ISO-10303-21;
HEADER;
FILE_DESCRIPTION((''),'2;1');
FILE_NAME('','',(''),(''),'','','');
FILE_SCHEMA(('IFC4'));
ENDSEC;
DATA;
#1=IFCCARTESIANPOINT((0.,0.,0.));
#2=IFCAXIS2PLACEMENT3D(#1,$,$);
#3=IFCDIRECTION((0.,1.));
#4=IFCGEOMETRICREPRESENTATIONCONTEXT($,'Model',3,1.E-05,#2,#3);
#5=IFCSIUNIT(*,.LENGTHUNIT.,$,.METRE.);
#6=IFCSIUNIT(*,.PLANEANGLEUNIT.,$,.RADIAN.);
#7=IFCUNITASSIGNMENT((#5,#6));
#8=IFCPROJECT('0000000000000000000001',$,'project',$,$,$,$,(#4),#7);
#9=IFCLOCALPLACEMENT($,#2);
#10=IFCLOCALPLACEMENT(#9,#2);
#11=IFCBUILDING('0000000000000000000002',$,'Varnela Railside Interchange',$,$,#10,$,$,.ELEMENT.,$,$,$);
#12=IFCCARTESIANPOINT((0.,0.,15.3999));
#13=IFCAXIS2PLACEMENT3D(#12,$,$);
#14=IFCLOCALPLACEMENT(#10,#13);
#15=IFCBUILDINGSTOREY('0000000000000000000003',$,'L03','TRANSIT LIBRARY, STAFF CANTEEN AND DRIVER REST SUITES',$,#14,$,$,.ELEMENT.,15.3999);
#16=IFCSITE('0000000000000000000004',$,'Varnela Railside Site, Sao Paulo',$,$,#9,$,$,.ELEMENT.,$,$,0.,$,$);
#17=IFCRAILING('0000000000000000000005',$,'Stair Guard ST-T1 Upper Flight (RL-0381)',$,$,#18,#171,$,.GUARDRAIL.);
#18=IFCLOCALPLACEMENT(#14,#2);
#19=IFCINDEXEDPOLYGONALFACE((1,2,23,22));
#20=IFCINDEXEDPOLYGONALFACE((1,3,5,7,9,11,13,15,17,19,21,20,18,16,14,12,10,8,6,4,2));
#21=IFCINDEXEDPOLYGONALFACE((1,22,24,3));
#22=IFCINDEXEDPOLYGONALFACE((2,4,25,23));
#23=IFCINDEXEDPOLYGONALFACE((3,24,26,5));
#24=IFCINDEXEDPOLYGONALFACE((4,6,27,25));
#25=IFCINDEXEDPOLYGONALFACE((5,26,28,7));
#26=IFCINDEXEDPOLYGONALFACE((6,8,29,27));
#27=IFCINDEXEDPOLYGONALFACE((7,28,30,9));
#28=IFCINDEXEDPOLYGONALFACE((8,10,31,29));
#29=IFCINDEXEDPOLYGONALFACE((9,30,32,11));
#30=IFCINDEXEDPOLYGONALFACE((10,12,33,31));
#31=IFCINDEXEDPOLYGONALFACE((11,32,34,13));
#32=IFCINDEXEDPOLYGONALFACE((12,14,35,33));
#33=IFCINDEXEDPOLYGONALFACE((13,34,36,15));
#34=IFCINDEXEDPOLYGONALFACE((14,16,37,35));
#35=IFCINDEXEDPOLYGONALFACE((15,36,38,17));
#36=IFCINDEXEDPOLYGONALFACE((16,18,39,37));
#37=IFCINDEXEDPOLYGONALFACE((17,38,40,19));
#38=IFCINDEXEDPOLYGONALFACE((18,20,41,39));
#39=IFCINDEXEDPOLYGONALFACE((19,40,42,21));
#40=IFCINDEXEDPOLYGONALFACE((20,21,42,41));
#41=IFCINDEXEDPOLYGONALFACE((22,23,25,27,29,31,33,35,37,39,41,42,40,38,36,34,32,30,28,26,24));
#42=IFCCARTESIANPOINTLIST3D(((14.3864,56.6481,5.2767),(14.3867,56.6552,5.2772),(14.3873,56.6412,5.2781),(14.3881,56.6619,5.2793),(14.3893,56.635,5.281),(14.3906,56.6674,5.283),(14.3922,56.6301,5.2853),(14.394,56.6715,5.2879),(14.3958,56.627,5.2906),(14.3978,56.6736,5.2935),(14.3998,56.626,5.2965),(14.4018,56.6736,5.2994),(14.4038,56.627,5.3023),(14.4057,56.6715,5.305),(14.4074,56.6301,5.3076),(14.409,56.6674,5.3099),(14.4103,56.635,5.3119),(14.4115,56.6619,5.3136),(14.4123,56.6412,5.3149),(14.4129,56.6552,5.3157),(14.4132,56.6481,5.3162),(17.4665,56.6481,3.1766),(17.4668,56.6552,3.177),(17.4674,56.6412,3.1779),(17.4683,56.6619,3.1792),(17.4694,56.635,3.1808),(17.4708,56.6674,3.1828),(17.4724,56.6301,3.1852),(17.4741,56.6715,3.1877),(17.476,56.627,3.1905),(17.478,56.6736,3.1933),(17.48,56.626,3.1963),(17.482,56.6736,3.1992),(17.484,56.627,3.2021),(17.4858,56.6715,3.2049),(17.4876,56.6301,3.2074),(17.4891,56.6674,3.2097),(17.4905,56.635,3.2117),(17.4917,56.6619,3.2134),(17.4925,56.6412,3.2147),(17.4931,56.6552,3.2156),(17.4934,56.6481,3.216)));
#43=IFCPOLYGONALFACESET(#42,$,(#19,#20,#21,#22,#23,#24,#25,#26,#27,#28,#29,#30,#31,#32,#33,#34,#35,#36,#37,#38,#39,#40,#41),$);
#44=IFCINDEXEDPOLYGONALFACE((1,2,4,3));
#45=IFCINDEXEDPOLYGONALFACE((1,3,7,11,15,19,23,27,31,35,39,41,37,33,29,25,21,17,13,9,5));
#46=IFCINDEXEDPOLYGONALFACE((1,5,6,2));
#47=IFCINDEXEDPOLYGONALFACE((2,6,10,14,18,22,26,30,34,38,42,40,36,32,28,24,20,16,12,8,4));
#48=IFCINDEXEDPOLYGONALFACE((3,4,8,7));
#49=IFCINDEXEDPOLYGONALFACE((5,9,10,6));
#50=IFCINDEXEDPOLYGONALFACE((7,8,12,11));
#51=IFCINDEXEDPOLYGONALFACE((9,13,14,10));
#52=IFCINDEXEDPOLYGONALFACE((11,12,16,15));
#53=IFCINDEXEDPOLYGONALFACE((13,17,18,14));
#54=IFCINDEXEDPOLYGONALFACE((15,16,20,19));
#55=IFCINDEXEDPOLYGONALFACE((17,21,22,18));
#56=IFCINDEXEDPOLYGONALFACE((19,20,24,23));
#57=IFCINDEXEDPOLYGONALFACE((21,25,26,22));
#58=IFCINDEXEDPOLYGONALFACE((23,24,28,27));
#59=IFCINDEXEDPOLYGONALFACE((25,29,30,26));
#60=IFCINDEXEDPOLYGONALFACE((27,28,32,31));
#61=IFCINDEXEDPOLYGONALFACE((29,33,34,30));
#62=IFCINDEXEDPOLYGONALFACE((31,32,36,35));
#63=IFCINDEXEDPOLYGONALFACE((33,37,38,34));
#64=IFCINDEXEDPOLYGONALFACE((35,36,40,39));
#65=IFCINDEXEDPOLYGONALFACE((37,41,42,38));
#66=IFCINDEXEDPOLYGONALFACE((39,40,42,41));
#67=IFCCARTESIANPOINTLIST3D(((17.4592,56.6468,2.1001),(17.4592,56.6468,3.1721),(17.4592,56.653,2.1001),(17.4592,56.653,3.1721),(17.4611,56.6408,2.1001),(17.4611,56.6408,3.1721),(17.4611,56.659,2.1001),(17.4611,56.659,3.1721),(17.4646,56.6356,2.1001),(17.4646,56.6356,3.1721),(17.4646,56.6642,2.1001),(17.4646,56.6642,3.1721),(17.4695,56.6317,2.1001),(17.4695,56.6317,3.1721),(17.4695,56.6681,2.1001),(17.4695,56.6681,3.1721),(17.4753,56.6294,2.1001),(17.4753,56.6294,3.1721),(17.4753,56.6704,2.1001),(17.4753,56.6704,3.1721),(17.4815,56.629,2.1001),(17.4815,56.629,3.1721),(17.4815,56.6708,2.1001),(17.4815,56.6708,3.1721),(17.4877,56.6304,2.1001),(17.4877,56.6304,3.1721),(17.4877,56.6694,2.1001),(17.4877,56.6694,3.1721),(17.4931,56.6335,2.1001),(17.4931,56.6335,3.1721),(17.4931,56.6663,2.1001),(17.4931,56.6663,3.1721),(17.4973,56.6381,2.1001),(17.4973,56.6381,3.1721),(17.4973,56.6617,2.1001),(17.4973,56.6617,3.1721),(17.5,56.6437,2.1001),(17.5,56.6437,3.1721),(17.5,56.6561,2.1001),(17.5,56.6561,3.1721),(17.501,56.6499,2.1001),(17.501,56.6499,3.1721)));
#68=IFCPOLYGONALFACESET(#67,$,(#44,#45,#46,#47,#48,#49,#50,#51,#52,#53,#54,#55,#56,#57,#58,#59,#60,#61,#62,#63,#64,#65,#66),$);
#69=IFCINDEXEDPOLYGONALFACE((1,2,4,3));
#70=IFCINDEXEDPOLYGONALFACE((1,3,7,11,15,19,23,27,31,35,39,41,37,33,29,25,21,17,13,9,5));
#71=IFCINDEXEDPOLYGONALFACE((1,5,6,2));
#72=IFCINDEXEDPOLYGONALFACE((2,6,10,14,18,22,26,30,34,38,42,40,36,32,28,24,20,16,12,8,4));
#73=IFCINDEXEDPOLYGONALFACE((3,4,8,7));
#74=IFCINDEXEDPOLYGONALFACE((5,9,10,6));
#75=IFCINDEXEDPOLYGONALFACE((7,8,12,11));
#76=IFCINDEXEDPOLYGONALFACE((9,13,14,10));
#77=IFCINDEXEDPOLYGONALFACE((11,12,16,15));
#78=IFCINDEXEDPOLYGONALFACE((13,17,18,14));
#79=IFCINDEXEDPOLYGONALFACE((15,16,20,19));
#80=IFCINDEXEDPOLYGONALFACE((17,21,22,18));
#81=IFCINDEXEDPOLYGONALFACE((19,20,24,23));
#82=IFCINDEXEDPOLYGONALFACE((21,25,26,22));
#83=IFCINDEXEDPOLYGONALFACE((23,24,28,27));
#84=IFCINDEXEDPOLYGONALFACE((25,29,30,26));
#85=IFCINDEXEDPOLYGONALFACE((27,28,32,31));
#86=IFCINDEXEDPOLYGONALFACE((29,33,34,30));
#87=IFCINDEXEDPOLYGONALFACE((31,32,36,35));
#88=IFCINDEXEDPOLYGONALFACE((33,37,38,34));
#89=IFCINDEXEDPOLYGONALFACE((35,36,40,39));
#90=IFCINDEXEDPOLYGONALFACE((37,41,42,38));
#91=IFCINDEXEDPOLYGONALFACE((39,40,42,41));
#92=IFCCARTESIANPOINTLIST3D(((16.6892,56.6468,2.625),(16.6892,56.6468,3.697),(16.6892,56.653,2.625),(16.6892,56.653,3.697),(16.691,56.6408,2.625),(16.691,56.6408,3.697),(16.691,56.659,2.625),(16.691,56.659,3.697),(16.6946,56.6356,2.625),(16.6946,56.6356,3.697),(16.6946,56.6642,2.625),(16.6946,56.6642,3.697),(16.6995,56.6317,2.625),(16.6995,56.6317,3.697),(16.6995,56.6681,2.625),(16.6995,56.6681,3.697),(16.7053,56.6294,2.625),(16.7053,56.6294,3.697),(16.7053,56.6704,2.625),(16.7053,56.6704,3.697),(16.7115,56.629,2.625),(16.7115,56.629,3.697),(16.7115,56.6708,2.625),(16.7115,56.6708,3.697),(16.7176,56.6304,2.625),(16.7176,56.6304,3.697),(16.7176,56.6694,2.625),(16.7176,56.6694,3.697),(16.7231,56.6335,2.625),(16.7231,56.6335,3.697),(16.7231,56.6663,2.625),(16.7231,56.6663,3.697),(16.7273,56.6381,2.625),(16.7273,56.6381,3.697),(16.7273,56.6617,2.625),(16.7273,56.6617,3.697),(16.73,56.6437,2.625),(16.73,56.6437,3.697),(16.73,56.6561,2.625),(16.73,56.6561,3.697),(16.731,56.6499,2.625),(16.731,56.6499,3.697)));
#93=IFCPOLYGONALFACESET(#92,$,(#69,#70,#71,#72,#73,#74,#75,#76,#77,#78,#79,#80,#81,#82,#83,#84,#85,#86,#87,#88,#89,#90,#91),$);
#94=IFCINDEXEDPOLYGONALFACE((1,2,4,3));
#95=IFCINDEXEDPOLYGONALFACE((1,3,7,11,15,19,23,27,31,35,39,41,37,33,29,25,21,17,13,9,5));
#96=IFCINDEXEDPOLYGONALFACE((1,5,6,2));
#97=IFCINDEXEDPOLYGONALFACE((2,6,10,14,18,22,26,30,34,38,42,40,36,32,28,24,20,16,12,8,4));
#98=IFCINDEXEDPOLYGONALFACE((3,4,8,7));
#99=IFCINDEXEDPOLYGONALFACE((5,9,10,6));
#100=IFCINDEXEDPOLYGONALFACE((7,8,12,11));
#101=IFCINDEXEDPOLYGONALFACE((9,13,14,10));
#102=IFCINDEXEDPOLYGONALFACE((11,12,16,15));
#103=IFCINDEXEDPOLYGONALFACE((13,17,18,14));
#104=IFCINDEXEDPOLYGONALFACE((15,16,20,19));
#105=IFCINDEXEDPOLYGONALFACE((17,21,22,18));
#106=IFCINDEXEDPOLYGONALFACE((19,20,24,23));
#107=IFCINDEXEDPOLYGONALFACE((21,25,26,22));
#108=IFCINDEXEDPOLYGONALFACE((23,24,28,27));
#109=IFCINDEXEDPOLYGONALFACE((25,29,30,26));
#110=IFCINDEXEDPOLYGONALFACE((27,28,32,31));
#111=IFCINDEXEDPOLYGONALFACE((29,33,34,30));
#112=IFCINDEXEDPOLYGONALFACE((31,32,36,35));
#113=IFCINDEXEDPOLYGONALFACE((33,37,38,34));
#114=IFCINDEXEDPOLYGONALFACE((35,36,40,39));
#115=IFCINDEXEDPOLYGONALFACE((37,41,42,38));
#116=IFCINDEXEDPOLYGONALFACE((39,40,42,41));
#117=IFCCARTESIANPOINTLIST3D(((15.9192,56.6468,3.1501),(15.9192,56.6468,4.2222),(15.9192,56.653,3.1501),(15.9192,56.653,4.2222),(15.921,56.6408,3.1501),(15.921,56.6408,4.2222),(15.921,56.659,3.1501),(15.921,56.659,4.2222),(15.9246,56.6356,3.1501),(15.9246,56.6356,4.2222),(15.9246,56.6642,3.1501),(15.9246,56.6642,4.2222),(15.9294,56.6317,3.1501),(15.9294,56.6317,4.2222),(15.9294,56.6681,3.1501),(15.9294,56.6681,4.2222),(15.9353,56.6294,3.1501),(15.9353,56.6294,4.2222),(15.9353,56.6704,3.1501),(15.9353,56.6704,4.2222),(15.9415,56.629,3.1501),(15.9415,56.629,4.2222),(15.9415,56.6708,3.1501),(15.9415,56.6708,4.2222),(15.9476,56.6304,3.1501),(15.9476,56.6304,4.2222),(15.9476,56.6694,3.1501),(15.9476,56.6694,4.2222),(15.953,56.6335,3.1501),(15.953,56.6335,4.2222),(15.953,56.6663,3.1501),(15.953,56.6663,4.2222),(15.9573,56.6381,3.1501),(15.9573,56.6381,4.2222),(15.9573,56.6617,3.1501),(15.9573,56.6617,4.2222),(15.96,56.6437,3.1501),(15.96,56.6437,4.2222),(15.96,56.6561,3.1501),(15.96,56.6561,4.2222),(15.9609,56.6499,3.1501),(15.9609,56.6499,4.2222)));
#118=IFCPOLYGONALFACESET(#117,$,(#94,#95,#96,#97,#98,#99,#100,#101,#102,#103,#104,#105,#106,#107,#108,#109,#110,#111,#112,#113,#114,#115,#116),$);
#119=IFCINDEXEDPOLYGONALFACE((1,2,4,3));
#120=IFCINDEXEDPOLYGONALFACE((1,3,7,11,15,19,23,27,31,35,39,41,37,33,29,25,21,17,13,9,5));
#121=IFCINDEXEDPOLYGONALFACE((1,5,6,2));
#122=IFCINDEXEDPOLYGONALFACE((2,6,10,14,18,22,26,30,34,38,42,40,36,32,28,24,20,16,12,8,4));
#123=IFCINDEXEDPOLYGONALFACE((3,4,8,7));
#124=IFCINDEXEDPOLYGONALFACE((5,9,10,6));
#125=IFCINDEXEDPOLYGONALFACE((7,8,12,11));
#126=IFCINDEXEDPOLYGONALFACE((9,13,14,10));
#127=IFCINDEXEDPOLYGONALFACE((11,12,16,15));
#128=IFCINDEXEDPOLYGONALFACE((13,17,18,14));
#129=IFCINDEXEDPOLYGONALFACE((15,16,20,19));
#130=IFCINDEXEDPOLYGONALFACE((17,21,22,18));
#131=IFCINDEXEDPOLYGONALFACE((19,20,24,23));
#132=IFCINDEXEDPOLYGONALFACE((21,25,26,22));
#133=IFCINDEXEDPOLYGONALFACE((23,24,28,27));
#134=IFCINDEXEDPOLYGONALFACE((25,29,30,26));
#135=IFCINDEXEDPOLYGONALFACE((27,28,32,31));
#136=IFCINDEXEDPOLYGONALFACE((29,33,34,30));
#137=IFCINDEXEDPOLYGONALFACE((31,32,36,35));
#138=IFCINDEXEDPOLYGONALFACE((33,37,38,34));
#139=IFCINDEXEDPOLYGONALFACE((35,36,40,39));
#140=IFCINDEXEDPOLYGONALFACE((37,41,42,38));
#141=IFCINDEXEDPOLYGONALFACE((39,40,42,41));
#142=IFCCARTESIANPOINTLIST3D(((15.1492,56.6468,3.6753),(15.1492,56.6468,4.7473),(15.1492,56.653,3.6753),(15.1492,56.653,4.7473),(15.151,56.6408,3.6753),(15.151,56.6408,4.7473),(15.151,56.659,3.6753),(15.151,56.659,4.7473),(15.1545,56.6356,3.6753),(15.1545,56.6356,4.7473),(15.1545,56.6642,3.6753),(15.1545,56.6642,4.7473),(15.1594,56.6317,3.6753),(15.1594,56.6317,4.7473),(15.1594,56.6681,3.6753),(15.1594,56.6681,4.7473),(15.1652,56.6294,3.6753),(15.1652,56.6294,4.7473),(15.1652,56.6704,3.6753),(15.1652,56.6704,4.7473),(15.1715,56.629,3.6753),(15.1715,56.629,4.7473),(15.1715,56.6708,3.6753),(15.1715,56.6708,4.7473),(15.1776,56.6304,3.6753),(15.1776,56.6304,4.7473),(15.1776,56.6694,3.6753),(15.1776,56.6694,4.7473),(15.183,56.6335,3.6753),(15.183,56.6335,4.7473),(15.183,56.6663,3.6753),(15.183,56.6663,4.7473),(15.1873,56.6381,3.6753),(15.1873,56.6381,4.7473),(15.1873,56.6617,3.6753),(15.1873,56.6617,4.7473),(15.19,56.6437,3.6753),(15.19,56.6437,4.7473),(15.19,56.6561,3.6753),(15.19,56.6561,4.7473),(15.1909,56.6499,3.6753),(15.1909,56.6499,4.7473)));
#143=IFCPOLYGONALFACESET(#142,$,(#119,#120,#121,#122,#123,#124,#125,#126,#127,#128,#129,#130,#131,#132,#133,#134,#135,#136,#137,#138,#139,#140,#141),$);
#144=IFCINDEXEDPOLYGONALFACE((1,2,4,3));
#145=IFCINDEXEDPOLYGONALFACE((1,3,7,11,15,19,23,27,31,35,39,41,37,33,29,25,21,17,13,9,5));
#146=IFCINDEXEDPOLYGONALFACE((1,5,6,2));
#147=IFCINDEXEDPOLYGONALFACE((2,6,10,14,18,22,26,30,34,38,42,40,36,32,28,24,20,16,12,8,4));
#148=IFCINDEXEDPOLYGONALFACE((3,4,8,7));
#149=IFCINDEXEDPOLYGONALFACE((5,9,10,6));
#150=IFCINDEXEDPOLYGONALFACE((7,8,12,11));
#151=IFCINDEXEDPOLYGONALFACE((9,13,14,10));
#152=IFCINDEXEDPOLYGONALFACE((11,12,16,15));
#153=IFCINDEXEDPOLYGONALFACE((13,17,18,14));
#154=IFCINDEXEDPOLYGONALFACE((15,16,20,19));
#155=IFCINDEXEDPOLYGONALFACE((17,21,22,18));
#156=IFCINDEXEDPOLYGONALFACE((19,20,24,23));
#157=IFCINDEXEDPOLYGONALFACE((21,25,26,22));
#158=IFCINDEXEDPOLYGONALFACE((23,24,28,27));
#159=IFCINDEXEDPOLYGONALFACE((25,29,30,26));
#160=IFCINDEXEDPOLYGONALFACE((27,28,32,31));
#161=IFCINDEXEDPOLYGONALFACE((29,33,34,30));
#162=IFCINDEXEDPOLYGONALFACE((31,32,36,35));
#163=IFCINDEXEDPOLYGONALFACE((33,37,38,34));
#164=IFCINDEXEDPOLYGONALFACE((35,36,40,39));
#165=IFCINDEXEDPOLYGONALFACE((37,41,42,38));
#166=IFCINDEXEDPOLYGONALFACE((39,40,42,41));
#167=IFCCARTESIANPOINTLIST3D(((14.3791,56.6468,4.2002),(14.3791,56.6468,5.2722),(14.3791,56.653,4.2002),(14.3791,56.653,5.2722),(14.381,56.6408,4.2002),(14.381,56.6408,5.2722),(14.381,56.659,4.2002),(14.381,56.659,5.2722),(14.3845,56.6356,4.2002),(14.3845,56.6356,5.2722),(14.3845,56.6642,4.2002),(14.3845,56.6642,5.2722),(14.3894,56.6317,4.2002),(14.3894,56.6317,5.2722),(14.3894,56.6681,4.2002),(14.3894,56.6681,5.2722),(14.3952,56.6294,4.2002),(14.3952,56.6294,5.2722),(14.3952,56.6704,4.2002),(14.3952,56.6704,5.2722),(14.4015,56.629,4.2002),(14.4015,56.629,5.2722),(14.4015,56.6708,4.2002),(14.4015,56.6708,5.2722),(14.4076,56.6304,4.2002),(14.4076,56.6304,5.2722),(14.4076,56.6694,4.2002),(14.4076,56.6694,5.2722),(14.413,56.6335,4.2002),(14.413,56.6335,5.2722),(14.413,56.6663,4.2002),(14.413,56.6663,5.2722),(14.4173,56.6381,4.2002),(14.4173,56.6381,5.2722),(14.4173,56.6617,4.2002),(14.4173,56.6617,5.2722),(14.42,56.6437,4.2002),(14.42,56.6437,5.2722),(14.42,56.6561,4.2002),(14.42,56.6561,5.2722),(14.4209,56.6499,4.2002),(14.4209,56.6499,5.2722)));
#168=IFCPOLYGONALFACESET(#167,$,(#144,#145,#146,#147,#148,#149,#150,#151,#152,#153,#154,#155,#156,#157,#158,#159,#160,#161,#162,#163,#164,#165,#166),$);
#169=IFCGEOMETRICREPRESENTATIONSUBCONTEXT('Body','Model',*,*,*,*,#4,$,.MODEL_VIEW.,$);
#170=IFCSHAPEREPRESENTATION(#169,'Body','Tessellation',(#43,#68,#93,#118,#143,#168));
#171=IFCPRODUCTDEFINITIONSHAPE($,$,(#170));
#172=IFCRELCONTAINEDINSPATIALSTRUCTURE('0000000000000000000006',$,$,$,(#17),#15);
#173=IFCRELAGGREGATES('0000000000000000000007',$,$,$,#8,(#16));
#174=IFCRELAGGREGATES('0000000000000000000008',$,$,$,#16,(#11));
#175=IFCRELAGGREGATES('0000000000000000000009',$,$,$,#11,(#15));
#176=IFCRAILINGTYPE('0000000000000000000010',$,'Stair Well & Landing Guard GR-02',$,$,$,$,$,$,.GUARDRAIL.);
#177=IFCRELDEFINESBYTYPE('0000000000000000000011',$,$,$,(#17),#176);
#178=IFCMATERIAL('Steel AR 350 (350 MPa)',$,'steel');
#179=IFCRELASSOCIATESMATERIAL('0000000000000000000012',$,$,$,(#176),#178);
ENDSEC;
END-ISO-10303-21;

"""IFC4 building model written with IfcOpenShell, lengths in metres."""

from ifc_helpers import new_model, si_unit, direction, frame, origin, origin_2d, place, context, subcontext, project, spatial, circle, extrude, material, type_object, element, save


model = new_model("IFC4")

# Units and contexts
model_context = context("Model", 3, precision=1e-05, world=origin(), true_north=direction((0.0, 1.0)))
body_context = subcontext(model_context, "Body", "Model", "MODEL_VIEW")
ifc_project = project(units=[si_unit("LENGTHUNIT", "METRE"), si_unit("PLANEANGLEUNIT", "RADIAN")], contexts=[model_context])

# Site, building, storey
site_placement = place(None, origin())
site = spatial("IfcSite", under=ifc_project, at=site_placement, Name="Varnela Railside Site, Sao Paulo", CompositionType="ELEMENT", RefElevation=0.0)
building_placement = place(site_placement, origin())
building = spatial("IfcBuilding", under=site, at=building_placement, Name="Varnela Railside Interchange", CompositionType="ELEMENT")
storey_placement = place(building_placement, frame((0.0, 0.0, 15.3999)))
storey = spatial("IfcBuildingStorey", under=building, at=storey_placement, Name="L03", Description="TRANSIT LIBRARY, STAFF CANTEEN AND DRIVER REST SUITES", CompositionType="ELEMENT", Elevation=15.3999)

# Shared definitions
ifc_material_1 = material(Name="Steel AR 350 (350 MPa)", Category="steel")

# Railing
railing_type_1 = type_object("IfcRailingType", Name="Stair Well & Landing Guard GR-02", PredefinedType="GUARDRAIL", material=ifc_material_1)
railing_1_placement = place(storey_placement, frame((17.48, 56.6499, 2.1001)))
element("IfcRailing", 1, at=railing_1_placement, inside=storey, type_object=railing_type_1, Name="Stair Guard ST-T1 Upper Flight (RL-0381)", PredefinedType="GUARDRAIL", context=body_context, shape_type="SweptSolid", body=[
    extrude(circle(Radius=0.0239, at=origin_2d()), frame((0.0, 0.0, 1.0962), z_axis=(-0.826222, 0.0, 0.563345), x_axis=(0.0, -1.0, 0.0)), (0.0, 0.0, 1.0), 3.728),
    extrude(circle(Radius=0.021, at=origin_2d()), origin(), (0.0, 0.0, 1.0), 1.072),
    extrude(circle(Radius=0.021, at=origin_2d()), frame((-0.77, 0.0, 0.5249)), (0.0, 0.0, 1.0), 1.072),
    extrude(circle(Radius=0.021, at=origin_2d()), frame((-1.54, 0.0, 1.05)), (0.0, 0.0, 1.0), 1.072),
    extrude(circle(Radius=0.021, at=origin_2d()), frame((-2.3101, 0.0, 1.5752)), (0.0, 0.0, 1.0), 1.072),
    extrude(circle(Radius=0.021, at=origin_2d()), frame((-3.0801, 0.0, 2.1001)), (0.0, 0.0, 1.0), 1.072),
])

save(model, "model.ifc")
